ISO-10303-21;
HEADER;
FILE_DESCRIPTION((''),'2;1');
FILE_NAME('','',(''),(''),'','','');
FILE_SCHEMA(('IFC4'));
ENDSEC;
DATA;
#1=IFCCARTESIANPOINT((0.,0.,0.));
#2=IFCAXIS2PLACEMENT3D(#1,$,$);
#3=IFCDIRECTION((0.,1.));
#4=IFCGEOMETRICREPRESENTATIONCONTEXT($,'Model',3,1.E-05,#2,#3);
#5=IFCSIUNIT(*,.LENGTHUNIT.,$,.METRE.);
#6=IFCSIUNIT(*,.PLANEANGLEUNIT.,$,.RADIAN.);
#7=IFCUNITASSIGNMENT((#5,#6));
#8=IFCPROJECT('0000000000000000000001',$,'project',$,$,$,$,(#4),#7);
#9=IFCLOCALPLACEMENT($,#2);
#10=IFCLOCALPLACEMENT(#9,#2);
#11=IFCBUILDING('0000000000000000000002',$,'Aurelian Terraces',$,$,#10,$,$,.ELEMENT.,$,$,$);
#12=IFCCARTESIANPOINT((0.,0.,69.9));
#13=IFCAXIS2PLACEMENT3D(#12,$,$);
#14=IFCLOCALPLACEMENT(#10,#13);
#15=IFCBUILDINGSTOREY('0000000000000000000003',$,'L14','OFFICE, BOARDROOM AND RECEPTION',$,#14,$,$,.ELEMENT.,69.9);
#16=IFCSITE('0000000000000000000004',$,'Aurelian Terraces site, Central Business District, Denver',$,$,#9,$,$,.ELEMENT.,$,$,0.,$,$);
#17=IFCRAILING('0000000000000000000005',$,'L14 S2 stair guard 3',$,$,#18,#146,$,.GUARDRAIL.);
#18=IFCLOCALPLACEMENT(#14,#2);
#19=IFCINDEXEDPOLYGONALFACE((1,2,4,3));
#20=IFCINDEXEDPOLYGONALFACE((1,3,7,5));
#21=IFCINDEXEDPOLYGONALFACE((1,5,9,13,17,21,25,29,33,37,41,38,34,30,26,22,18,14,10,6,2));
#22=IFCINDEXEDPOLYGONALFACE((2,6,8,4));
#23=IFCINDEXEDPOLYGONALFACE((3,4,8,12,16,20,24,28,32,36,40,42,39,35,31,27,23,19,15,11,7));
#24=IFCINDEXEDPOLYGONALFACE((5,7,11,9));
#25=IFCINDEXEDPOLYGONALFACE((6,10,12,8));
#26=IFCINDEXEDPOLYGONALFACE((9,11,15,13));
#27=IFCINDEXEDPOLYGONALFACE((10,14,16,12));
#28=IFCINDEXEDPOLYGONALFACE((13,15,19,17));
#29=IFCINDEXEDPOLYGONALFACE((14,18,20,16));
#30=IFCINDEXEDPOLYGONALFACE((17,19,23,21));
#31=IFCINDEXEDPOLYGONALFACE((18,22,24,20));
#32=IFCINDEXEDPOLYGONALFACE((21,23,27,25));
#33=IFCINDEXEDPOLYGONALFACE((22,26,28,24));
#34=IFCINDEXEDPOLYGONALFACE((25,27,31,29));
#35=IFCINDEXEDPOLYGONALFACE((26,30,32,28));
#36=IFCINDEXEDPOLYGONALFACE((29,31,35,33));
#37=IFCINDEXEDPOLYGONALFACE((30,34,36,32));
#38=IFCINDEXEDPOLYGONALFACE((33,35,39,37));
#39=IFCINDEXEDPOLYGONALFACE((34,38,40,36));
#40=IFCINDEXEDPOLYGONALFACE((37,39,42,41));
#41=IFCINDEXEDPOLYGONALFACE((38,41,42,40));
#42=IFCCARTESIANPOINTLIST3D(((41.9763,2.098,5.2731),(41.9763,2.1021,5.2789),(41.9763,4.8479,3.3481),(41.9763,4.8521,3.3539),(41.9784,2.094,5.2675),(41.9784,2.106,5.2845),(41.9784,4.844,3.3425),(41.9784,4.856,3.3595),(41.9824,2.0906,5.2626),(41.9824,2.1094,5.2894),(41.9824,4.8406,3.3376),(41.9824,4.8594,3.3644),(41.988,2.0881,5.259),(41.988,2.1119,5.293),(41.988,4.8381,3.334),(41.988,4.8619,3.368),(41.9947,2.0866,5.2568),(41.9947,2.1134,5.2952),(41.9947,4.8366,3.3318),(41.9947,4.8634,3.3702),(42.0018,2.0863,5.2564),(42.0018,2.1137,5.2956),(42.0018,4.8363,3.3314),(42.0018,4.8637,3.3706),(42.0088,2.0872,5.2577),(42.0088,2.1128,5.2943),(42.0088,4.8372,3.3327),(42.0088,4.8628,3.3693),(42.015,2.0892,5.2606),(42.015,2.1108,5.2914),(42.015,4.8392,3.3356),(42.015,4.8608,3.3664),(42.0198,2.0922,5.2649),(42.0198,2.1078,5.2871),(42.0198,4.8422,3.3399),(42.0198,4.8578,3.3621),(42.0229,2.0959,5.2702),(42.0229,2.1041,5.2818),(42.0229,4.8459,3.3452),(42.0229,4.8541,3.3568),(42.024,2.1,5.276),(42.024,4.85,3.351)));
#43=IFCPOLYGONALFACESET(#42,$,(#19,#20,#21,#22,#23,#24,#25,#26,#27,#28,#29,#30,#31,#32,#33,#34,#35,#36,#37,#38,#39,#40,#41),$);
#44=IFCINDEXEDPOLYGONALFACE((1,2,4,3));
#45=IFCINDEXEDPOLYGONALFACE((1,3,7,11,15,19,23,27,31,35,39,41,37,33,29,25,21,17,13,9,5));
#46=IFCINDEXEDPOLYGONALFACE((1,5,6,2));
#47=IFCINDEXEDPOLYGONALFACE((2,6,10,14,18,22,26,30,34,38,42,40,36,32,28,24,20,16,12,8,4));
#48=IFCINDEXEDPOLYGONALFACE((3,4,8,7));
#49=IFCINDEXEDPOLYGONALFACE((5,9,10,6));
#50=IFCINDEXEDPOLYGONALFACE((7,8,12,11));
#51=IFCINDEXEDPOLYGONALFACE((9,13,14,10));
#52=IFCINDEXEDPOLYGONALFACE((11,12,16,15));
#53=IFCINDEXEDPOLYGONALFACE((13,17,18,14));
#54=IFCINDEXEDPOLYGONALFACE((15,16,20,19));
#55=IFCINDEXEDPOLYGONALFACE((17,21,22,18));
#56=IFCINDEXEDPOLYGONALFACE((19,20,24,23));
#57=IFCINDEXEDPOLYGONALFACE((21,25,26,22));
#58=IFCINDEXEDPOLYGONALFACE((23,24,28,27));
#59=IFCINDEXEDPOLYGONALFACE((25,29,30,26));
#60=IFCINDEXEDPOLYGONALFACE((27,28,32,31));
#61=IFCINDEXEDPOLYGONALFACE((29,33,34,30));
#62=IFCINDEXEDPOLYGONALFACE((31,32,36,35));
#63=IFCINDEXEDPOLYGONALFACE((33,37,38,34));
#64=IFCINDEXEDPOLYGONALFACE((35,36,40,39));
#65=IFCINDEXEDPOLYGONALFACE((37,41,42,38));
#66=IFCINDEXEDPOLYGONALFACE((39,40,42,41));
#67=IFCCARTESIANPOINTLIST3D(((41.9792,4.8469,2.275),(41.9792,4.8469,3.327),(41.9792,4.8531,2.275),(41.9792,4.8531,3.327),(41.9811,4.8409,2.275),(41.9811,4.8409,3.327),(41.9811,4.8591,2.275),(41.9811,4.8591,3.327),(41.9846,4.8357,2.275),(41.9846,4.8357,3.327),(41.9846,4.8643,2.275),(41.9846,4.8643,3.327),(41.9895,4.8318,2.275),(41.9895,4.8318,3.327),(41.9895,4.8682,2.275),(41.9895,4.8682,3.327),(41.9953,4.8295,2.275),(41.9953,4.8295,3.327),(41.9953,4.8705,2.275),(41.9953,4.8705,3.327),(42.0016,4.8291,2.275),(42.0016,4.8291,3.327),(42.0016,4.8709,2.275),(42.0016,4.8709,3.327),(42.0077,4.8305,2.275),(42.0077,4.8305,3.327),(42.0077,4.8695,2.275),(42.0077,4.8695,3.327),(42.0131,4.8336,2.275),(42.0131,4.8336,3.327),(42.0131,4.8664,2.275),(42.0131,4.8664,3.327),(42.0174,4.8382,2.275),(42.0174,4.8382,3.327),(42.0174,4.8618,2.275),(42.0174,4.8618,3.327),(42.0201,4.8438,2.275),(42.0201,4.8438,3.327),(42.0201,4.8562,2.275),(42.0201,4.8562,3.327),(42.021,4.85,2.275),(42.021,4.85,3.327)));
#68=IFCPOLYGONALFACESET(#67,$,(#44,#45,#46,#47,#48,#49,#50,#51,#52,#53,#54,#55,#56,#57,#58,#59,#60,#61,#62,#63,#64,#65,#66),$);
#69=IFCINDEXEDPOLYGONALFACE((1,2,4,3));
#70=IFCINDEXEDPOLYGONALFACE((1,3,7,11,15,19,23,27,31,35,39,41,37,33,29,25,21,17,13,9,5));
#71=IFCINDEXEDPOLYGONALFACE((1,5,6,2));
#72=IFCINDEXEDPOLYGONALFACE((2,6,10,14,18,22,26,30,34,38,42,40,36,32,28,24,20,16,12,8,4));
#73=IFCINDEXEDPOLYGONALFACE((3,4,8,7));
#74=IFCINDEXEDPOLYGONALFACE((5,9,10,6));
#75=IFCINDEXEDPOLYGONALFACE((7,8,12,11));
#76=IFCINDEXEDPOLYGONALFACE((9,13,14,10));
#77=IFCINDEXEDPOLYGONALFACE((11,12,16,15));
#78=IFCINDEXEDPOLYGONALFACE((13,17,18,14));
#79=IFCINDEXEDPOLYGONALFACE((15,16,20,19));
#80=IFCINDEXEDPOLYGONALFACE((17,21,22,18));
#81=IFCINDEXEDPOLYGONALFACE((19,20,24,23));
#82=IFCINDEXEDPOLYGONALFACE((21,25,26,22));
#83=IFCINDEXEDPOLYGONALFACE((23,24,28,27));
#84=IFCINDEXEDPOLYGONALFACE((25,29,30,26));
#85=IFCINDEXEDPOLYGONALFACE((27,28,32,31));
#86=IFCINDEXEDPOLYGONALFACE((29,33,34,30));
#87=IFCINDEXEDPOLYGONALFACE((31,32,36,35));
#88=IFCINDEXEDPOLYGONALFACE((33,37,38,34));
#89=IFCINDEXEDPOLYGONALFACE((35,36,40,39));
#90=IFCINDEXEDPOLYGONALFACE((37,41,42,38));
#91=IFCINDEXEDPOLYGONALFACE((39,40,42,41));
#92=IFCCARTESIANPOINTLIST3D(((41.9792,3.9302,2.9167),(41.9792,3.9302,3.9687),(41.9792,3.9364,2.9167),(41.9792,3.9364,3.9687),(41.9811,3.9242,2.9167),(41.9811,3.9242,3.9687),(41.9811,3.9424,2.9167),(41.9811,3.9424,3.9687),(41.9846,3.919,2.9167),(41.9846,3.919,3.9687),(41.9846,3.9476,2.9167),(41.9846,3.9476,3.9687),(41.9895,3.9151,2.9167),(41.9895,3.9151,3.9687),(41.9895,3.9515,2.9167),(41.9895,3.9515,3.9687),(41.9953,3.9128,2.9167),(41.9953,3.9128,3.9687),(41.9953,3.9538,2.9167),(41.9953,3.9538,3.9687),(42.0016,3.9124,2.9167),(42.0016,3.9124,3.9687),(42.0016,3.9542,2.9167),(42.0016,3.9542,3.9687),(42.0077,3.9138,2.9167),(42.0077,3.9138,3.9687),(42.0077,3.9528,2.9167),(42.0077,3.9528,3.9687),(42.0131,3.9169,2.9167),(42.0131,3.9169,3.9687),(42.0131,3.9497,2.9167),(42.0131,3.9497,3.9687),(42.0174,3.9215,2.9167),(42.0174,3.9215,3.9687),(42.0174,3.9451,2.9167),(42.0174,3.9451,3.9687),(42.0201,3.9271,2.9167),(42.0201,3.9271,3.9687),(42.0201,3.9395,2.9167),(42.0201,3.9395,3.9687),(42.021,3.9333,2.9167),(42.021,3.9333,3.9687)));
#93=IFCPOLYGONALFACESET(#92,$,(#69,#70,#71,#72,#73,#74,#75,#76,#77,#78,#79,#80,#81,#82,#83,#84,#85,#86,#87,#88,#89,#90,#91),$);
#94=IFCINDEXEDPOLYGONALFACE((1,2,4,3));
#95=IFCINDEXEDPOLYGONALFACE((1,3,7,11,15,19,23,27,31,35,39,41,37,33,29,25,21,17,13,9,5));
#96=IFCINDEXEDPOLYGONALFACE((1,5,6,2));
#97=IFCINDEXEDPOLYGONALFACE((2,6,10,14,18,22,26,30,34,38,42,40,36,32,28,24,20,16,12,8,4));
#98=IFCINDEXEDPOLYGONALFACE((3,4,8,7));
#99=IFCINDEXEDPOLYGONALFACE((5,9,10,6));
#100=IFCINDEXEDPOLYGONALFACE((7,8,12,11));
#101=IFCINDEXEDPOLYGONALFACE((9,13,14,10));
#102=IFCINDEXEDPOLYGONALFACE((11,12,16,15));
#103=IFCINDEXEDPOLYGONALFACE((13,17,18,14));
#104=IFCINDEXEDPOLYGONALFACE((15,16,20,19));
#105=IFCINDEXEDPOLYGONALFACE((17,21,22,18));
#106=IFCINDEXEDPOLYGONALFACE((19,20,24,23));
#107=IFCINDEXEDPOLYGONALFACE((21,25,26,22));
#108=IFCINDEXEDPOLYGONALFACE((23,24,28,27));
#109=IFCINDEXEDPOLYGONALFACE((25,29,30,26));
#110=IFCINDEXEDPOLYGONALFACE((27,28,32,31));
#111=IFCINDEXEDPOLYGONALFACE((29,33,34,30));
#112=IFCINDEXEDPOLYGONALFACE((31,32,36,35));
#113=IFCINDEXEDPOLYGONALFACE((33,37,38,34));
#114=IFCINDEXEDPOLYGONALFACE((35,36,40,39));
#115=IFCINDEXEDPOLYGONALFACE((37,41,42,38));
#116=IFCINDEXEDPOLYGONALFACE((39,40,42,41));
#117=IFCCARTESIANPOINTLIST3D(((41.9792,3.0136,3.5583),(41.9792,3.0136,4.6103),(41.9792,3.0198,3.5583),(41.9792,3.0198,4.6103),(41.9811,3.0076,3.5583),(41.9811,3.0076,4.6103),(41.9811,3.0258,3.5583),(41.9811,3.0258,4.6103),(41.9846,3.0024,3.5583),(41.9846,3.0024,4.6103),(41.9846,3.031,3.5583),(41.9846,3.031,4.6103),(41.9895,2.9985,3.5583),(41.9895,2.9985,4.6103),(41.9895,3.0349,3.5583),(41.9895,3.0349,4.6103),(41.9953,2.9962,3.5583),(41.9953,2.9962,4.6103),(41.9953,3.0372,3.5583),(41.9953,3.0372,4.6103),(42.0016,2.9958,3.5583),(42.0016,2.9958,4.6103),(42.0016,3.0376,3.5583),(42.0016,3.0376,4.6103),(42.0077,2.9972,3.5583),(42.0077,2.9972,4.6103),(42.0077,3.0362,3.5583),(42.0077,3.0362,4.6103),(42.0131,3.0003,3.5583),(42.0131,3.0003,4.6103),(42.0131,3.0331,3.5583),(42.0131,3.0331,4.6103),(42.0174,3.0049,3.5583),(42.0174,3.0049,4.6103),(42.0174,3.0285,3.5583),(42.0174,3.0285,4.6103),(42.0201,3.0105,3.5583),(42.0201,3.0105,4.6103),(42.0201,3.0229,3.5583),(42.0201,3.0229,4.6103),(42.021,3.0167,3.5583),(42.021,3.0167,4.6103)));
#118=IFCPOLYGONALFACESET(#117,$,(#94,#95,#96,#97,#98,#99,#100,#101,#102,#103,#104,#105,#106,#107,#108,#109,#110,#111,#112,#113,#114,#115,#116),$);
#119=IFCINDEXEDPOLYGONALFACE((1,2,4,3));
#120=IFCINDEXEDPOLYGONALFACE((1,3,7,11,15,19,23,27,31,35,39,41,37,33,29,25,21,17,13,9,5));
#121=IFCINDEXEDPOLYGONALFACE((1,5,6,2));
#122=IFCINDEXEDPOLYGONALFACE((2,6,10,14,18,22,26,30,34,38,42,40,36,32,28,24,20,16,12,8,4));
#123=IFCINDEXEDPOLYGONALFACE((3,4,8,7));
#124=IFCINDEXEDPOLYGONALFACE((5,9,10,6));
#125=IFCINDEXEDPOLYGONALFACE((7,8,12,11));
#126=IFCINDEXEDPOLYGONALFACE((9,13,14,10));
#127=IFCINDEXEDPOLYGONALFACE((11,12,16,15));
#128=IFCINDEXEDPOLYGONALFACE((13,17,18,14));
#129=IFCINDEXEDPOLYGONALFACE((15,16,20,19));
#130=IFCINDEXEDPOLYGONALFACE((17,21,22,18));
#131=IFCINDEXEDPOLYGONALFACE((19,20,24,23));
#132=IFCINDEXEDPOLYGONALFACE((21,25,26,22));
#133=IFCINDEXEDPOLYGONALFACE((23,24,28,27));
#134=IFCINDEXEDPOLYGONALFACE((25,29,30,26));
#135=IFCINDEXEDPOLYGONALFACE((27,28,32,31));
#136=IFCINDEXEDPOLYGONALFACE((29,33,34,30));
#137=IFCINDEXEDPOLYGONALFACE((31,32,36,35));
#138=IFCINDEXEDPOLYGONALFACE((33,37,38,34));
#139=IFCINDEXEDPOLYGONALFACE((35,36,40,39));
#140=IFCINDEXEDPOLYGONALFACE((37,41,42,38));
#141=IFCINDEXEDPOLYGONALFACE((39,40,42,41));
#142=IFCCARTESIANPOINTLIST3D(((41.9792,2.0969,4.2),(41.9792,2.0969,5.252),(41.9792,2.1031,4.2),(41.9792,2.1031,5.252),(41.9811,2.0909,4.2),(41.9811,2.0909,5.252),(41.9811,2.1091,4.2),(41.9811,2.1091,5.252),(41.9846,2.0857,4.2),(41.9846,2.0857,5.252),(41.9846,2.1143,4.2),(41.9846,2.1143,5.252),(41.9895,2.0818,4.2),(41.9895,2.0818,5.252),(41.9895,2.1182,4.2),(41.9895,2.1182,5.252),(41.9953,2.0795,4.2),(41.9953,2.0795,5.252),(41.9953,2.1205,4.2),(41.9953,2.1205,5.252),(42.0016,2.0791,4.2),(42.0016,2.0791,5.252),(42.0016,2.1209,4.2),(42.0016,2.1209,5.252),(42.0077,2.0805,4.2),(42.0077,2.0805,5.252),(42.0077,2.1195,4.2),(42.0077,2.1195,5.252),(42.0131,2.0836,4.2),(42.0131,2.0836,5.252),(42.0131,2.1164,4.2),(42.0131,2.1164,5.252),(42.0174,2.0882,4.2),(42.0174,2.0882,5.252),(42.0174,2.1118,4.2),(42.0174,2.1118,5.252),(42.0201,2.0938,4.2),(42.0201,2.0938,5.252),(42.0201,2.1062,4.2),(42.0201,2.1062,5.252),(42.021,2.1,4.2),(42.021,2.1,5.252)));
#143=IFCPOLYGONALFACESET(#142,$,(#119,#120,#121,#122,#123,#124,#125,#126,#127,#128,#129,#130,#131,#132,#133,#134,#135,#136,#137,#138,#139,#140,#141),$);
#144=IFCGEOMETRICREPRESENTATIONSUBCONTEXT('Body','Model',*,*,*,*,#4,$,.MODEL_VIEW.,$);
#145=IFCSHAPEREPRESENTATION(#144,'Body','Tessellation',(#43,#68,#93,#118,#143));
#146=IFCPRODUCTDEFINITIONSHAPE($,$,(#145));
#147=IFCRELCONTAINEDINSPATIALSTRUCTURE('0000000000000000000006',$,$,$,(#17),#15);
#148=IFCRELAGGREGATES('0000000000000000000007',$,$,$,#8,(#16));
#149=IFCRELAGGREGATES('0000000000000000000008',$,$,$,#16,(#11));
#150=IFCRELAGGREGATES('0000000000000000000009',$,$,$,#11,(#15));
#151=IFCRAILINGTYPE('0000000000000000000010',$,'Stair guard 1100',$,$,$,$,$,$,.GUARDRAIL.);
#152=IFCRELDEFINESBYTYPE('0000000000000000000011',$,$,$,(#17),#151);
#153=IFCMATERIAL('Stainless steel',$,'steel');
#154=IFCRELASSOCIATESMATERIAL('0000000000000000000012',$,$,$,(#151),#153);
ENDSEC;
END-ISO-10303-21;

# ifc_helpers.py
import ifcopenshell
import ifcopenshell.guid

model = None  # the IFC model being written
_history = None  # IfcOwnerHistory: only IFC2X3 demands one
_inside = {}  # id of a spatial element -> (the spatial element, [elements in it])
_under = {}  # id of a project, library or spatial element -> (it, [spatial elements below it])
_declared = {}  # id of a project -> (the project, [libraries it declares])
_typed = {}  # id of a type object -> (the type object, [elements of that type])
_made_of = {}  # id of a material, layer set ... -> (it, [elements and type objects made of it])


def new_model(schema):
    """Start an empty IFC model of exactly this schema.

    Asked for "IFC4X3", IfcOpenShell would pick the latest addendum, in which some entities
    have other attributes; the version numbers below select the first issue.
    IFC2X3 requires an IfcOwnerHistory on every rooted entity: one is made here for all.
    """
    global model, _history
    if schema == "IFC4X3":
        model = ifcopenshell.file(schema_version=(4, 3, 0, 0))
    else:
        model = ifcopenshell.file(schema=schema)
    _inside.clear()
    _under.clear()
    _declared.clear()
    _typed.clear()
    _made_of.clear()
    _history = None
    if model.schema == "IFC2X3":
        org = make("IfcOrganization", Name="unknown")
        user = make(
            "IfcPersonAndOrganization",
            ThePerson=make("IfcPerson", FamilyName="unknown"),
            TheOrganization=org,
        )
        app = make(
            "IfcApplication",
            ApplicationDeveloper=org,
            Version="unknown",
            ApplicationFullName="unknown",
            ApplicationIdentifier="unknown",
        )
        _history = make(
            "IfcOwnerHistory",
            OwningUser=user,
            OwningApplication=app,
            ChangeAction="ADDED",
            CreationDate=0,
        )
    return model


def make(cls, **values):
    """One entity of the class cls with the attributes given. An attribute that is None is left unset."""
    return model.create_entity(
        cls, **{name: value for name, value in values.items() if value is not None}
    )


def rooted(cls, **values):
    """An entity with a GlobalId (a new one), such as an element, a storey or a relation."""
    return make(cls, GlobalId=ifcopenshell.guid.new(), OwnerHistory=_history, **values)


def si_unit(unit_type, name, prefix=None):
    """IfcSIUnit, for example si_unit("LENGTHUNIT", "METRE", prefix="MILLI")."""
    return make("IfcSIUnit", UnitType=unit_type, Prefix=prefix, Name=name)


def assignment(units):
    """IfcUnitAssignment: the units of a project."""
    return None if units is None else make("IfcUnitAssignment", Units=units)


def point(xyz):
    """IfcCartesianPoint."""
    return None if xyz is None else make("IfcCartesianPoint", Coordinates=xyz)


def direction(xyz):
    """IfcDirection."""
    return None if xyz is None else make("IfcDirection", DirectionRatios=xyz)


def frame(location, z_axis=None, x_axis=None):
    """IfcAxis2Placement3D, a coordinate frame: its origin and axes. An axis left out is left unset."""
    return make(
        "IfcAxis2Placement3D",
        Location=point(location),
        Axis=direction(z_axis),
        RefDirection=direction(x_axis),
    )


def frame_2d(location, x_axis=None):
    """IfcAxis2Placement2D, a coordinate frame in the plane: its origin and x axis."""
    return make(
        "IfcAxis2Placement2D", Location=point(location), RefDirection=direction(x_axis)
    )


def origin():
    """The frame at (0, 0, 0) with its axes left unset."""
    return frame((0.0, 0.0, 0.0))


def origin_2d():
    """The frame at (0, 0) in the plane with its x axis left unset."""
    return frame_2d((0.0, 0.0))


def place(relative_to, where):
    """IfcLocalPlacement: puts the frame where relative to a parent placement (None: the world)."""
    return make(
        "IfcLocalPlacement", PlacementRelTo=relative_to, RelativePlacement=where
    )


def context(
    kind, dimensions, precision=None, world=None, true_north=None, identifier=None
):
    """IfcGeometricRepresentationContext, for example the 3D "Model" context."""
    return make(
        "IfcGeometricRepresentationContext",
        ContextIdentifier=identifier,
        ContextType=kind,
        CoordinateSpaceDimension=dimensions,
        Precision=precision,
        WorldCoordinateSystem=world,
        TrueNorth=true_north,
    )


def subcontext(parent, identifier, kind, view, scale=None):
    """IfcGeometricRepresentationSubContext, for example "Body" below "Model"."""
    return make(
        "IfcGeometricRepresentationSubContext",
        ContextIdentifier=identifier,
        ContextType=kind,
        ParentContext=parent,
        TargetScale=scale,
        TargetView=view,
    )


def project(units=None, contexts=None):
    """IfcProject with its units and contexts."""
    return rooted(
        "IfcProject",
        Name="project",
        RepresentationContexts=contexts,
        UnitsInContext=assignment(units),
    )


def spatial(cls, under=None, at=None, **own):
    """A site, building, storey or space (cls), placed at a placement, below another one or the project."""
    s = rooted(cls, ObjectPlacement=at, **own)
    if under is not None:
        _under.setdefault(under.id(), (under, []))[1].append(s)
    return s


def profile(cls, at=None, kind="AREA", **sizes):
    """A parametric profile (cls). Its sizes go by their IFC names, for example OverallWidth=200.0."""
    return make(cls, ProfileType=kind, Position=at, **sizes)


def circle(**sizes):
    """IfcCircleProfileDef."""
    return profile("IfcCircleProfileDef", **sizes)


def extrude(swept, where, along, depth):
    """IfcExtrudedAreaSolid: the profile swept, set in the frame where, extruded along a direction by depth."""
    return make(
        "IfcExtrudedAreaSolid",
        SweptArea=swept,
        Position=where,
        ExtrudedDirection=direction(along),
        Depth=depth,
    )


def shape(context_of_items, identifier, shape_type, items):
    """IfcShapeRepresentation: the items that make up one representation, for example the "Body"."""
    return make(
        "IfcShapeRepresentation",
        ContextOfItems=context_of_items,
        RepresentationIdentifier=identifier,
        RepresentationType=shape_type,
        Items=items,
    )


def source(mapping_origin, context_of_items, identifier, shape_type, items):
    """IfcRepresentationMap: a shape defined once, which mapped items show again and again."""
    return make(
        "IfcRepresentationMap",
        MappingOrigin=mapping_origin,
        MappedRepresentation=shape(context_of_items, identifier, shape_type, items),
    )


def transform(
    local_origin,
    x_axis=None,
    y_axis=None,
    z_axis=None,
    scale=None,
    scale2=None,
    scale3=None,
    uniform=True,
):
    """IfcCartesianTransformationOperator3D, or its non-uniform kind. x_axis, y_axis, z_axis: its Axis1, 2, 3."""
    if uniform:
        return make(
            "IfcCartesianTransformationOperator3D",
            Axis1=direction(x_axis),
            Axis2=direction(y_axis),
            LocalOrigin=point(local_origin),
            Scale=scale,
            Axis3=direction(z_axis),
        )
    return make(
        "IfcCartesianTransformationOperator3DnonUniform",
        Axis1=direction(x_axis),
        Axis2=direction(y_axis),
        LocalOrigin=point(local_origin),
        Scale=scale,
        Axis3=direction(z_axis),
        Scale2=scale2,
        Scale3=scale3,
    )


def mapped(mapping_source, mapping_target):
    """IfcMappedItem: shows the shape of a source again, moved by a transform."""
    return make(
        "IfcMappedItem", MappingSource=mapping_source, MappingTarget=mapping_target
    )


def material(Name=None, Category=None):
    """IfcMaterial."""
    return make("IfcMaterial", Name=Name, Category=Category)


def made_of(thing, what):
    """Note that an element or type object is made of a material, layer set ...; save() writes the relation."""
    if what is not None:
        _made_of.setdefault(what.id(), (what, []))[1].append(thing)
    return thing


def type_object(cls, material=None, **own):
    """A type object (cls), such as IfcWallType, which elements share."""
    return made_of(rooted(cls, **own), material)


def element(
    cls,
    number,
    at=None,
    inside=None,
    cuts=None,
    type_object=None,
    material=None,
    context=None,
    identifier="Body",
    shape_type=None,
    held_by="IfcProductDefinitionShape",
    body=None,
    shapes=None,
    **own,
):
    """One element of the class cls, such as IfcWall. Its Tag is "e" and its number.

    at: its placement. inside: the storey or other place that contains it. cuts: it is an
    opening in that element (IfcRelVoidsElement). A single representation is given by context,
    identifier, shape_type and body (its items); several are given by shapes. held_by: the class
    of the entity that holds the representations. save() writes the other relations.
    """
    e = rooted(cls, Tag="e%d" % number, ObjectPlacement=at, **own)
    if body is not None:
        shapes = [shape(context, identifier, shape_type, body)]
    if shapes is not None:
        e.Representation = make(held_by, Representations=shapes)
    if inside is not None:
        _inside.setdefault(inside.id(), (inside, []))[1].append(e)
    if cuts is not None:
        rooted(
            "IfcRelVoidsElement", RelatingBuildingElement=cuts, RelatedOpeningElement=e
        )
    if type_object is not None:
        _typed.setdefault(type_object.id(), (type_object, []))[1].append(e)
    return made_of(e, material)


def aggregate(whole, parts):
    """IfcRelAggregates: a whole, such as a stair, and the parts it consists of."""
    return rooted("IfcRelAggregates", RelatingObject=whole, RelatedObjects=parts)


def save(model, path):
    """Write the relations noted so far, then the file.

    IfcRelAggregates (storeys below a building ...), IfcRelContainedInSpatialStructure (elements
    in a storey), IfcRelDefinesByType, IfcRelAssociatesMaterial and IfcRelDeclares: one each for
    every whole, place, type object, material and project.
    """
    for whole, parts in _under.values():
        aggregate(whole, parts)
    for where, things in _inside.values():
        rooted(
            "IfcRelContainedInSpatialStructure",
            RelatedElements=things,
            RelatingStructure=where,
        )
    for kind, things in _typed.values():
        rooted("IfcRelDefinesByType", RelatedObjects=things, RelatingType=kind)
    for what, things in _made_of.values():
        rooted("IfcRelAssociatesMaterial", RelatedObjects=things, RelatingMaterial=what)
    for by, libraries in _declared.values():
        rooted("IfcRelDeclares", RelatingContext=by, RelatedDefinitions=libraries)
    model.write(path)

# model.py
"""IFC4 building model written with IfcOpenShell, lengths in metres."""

from ifc_helpers import new_model, si_unit, direction, frame, origin, origin_2d, place, context, subcontext, project, spatial, circle, extrude, source, transform, mapped, material, type_object, element, save


model = new_model("IFC4")

# Units and contexts
model_context = context("Model", 3, precision=1e-05, world=origin(), true_north=direction((0.0, 1.0)))
body_context = subcontext(model_context, "Body", "Model", "MODEL_VIEW")
ifc_project = project(units=[si_unit("LENGTHUNIT", "METRE"), si_unit("PLANEANGLEUNIT", "RADIAN")], contexts=[model_context])

# Site, building, storey
site_placement = place(None, origin())
site = spatial("IfcSite", under=ifc_project, at=site_placement, Name="Aurelian Terraces site, Central Business District, Denver", CompositionType="ELEMENT", RefElevation=0.0)
building_placement = place(site_placement, origin())
building = spatial("IfcBuilding", under=site, at=building_placement, Name="Aurelian Terraces", CompositionType="ELEMENT")
storey_placement = place(building_placement, frame((0.0, 0.0, 69.9)))
storey = spatial("IfcBuildingStorey", under=building, at=storey_placement, Name="L14", Description="OFFICE, BOARDROOM AND RECEPTION", CompositionType="ELEMENT", Elevation=69.9)

# Railing
ifc_material_1 = material(Name="Stainless steel", Category="steel")
railing_type_1 = type_object("IfcRailingType", Name="Stair guard 1100", PredefinedType="GUARDRAIL", material=ifc_material_1)
shared_shape_1 = source(origin(), body_context, "Body", "SweptSolid", [
    extrude(circle(Radius=0.024, at=origin_2d()), frame((0.0, 0.0, 1.076), z_axis=(0.0, -0.819232, 0.573462), x_axis=(1.0, 0.0, 0.0)), (0.0, 0.0, 1.0), 3.3568),
    extrude(circle(Radius=0.021, at=origin_2d()), origin(), (0.0, 0.0, 1.0), 1.052),
    extrude(circle(Radius=0.021, at=origin_2d()), frame((0.0, -0.9167, 0.6417)), (0.0, 0.0, 1.0), 1.052),
    extrude(circle(Radius=0.021, at=origin_2d()), frame((0.0, -1.8333, 1.2833)), (0.0, 0.0, 1.0), 1.052),
    extrude(circle(Radius=0.021, at=origin_2d()), frame((0.0, -2.75, 1.925)), (0.0, 0.0, 1.0), 1.052),
])
railing_1_placement = place(storey_placement, frame((42.0, 4.85, 2.275)))
element("IfcRailing", 1, at=railing_1_placement, inside=storey, type_object=railing_type_1, Name="L14 S2 stair guard 3", PredefinedType="GUARDRAIL", context=body_context, shape_type="MappedRepresentation", body=[
    mapped(shared_shape_1, transform((0.0, 0.0, 0.0), scale=1.0)),
])

save(model, "model.ifc")
